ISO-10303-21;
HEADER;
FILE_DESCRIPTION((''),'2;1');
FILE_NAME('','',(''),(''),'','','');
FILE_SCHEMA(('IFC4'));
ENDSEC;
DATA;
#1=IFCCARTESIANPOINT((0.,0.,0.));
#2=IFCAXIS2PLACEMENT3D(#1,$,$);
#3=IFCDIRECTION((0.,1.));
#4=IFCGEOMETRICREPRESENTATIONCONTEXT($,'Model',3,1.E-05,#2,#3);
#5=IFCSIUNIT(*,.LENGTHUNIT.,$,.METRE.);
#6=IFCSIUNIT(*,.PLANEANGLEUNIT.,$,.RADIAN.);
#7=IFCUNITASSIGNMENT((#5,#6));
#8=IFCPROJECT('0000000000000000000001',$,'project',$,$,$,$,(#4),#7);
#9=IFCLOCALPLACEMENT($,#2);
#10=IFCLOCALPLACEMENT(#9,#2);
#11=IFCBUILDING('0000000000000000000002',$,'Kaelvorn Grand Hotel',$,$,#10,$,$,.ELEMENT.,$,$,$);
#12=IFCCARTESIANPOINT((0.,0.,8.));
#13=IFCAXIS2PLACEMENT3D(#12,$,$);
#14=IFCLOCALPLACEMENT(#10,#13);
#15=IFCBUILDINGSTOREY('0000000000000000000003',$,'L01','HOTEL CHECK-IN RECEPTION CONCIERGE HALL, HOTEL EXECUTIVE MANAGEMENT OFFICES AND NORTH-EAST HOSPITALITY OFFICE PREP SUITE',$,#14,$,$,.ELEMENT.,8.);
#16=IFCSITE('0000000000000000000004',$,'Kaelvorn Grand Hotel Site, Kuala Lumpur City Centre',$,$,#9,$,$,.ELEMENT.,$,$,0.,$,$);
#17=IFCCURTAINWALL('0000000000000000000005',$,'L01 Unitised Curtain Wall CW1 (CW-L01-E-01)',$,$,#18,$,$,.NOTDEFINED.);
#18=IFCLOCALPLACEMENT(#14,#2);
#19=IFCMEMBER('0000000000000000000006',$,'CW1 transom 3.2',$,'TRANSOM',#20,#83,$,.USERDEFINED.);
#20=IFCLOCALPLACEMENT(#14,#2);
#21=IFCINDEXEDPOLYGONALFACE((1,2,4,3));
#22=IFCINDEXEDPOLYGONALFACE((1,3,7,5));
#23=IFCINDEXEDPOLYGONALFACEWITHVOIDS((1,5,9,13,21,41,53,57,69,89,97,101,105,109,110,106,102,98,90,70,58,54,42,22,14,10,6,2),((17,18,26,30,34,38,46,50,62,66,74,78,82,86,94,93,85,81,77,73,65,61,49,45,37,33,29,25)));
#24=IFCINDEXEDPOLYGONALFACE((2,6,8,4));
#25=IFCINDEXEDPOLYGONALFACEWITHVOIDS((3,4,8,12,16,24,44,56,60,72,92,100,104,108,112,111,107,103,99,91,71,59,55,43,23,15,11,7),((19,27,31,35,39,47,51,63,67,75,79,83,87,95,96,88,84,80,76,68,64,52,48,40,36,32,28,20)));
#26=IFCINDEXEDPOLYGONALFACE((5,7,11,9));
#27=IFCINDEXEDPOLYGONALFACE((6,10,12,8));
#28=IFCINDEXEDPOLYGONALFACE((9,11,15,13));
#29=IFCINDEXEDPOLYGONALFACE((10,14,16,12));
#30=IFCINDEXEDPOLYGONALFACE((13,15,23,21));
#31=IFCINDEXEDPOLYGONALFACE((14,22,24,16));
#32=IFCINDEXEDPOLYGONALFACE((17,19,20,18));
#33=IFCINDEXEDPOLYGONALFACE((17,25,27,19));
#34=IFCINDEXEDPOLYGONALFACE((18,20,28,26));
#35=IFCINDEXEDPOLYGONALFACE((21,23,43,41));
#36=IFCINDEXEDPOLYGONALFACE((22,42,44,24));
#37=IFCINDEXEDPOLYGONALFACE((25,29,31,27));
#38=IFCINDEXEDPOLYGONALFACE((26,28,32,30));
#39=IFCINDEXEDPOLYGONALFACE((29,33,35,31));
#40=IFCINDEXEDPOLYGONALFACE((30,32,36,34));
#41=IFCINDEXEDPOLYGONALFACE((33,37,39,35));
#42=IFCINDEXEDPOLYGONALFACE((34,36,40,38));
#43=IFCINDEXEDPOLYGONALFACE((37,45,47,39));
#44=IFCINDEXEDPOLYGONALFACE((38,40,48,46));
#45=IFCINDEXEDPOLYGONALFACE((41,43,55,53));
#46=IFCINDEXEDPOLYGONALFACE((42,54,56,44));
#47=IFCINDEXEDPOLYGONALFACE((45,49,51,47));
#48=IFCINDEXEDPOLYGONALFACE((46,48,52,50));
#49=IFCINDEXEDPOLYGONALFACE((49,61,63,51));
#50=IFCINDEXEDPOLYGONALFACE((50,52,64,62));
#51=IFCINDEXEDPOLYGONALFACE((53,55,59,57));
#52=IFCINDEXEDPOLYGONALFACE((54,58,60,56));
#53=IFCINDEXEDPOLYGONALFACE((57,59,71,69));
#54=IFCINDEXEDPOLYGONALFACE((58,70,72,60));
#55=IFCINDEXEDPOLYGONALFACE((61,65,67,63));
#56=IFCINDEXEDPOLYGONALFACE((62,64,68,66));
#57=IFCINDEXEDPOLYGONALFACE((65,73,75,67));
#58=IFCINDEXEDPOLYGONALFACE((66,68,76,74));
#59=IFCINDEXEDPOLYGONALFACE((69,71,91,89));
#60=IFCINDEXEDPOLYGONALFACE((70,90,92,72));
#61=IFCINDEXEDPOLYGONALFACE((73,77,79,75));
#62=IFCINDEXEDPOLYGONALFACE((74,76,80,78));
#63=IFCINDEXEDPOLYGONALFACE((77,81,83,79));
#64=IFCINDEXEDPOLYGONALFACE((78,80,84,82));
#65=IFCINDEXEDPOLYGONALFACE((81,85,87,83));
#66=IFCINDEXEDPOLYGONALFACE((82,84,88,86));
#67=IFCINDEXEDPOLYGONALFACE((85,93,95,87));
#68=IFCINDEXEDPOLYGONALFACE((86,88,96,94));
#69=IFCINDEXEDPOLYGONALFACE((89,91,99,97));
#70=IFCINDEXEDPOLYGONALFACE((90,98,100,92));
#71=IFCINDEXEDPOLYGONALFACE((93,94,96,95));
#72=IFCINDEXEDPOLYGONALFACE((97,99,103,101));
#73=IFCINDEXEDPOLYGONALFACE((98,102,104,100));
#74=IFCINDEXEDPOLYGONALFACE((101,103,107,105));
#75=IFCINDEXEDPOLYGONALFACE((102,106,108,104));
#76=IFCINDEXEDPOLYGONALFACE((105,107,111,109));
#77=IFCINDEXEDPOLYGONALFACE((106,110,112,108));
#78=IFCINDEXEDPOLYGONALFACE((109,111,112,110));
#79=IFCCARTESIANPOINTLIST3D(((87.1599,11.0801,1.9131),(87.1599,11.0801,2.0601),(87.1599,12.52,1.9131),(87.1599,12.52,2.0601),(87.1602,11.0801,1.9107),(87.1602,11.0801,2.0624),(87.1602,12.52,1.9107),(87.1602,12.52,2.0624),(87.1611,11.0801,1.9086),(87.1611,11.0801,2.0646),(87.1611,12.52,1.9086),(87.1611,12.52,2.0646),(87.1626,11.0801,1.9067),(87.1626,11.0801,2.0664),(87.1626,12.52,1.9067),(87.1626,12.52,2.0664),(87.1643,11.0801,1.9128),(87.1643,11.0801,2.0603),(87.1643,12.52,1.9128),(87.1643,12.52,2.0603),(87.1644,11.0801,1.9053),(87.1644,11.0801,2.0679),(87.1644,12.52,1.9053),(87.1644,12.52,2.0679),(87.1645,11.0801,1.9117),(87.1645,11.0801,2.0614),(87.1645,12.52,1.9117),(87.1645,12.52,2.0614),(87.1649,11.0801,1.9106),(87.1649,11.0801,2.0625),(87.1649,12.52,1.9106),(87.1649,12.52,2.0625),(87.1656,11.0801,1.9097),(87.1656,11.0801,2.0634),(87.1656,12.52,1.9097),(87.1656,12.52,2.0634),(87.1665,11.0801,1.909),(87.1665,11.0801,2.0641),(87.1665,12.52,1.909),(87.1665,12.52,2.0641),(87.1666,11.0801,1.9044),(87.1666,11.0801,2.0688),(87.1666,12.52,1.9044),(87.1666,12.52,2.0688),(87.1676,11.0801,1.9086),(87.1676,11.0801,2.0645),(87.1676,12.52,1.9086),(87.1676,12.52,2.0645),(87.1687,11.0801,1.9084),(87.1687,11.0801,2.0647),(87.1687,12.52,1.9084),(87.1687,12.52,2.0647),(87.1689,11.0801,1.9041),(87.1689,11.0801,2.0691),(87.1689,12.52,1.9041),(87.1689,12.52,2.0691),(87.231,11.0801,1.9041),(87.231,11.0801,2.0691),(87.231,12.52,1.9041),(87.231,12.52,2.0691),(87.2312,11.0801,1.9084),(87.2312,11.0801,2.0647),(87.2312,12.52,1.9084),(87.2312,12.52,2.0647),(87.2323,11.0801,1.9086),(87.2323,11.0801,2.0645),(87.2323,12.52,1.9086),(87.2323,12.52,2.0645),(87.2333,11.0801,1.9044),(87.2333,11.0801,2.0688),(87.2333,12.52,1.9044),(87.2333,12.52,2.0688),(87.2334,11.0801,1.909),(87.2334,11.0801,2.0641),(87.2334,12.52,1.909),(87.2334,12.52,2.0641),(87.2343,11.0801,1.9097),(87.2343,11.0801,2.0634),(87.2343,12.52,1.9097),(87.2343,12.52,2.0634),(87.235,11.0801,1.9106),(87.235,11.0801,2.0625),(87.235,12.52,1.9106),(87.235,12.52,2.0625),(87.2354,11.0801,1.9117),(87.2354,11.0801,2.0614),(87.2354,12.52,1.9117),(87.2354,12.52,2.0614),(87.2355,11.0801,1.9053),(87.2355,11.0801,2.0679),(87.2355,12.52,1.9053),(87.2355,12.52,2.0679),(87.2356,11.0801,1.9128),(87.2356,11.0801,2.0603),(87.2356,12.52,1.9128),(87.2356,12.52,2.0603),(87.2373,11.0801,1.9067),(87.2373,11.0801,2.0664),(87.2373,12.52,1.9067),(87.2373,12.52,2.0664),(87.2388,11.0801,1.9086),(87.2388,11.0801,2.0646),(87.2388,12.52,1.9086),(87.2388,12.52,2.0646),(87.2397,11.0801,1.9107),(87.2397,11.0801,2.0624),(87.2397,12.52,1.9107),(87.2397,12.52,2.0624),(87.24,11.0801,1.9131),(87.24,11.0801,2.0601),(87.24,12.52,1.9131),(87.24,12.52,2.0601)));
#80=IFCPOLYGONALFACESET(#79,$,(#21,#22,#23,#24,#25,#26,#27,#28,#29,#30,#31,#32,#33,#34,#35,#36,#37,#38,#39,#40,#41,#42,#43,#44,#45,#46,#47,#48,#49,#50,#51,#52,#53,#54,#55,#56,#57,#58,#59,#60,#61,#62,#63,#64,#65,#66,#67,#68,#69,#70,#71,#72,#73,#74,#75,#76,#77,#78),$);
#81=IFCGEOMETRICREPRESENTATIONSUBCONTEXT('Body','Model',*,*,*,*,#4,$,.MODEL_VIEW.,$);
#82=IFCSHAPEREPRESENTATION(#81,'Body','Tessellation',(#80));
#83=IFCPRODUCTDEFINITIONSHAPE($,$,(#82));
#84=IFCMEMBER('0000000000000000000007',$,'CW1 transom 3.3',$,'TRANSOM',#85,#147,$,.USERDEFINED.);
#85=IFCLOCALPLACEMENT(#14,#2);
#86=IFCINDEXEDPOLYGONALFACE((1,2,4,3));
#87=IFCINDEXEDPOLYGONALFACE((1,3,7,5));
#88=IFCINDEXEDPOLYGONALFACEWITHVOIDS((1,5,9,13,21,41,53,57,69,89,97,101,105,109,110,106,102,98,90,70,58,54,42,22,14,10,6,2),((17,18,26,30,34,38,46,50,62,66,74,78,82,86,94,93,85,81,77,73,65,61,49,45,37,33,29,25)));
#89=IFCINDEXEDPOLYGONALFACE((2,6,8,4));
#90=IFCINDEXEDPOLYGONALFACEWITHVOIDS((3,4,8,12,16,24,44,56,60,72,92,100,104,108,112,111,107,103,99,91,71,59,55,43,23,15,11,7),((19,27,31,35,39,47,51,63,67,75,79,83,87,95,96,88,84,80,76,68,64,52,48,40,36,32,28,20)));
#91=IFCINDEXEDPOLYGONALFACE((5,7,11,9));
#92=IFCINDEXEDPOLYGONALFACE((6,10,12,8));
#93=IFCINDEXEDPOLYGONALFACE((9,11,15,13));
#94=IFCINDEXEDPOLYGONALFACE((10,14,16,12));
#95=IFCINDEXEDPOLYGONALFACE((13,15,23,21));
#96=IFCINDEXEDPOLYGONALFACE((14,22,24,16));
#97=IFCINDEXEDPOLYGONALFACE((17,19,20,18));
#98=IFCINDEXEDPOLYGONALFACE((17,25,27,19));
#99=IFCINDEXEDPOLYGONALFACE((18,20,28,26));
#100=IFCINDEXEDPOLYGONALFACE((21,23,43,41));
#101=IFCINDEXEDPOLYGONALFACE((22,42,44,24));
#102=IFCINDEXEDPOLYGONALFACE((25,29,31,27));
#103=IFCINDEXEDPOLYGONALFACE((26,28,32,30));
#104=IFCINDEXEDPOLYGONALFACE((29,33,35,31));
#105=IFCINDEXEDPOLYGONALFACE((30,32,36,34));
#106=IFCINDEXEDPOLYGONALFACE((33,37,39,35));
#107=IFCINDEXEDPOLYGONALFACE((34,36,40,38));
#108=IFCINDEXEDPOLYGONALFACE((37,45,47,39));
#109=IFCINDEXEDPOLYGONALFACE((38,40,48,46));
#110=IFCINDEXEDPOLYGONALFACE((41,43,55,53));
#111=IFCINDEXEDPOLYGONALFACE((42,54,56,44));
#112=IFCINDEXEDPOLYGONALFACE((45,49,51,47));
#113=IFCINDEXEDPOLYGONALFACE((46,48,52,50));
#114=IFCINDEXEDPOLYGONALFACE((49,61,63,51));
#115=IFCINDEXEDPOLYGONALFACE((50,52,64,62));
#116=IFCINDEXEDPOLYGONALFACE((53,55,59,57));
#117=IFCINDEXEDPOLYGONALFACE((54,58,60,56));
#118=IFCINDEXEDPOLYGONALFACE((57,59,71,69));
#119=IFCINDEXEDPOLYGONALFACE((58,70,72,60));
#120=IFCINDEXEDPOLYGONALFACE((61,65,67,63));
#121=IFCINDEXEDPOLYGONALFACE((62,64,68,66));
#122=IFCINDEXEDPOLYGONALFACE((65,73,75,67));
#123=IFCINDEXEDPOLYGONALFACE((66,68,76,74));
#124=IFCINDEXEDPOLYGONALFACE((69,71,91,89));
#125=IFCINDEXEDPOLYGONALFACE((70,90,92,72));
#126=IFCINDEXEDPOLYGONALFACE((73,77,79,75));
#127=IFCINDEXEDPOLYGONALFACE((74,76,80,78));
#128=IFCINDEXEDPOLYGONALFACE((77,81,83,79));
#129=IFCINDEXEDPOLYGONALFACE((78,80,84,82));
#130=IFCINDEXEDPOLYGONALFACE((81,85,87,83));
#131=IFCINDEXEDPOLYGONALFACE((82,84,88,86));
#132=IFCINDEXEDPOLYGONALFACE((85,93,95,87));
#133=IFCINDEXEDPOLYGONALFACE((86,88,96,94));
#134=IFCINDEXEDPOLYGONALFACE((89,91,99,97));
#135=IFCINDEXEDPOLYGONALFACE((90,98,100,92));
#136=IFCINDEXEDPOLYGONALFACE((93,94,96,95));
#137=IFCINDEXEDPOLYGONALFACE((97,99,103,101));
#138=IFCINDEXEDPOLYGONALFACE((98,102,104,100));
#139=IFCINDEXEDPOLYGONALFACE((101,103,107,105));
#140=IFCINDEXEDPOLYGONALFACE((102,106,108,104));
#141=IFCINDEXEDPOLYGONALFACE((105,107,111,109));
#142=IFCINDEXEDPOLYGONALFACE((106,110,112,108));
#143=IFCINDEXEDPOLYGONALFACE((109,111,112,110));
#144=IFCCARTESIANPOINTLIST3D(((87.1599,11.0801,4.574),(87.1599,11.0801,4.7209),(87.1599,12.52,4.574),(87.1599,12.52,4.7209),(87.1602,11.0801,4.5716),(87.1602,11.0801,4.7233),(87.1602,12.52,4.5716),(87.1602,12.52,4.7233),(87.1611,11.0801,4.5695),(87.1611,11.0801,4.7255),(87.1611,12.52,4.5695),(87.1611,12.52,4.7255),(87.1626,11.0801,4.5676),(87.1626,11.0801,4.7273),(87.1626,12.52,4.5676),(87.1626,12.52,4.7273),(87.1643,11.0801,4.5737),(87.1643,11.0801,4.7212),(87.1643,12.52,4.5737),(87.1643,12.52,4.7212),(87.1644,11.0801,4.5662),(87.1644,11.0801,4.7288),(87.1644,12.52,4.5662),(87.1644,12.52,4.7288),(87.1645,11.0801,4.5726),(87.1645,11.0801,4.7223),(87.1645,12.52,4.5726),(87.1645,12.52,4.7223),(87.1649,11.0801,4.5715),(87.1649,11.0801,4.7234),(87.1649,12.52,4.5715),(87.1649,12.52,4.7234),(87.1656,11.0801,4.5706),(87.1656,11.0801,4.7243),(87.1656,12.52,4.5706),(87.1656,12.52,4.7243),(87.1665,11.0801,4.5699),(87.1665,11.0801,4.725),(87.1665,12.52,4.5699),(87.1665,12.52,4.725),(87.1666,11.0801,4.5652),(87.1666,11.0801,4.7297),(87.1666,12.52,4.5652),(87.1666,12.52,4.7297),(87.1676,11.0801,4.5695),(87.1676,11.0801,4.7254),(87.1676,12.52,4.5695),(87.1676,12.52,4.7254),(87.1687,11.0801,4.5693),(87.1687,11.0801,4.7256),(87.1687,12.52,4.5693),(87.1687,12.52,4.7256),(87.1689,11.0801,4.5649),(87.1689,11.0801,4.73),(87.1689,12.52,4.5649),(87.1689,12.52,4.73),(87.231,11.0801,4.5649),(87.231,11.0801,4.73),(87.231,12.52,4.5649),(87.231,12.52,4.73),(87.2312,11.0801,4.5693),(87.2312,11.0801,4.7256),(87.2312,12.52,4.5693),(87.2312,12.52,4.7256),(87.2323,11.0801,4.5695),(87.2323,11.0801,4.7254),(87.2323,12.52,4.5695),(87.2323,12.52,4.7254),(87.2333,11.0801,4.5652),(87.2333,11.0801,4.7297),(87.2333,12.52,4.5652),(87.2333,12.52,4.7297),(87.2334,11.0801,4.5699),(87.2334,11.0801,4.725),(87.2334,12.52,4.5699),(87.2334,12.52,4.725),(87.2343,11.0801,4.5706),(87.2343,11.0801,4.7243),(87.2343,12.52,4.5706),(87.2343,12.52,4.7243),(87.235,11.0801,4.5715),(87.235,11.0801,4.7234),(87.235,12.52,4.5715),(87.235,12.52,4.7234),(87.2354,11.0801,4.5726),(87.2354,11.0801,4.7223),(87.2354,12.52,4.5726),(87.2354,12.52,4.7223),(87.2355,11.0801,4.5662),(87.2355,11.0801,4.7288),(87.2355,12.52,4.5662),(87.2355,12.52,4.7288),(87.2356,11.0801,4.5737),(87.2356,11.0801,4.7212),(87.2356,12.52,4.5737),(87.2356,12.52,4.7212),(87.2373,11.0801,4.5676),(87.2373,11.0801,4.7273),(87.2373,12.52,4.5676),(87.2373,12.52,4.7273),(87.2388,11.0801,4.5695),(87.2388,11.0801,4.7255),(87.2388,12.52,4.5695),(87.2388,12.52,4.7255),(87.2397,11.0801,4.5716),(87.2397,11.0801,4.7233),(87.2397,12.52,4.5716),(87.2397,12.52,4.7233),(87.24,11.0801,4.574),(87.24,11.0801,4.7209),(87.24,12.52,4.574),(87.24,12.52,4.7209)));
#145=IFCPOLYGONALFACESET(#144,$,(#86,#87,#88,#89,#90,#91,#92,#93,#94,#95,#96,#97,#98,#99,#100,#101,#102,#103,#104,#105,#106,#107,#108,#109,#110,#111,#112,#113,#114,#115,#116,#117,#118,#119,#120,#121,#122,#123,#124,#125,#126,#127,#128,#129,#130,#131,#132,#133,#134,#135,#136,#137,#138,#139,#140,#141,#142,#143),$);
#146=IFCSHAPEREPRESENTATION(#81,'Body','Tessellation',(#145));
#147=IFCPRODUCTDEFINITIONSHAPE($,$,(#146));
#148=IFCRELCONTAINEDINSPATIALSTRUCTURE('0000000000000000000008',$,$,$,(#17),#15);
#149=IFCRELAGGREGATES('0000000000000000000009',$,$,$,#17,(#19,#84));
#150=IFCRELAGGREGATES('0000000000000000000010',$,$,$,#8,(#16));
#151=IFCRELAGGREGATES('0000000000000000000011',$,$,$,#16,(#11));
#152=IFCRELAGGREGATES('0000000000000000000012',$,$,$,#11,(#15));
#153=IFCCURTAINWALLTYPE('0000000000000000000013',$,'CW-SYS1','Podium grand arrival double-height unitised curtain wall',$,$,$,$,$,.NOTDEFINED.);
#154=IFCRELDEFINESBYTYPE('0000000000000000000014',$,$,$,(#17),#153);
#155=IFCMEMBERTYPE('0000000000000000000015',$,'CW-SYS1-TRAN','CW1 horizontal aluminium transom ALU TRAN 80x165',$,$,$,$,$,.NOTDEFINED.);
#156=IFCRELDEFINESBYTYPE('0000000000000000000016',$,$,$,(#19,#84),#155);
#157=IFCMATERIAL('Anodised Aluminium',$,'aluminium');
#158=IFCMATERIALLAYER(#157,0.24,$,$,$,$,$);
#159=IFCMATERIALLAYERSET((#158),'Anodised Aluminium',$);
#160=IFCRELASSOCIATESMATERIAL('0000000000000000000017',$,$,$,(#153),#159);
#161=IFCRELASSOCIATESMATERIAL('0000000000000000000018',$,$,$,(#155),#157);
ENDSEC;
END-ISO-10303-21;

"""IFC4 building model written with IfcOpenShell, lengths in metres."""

from ifc_helpers import new_model, si_unit, direction, frame, origin, origin_2d, place, context, subcontext, project, spatial, hollow_rectangle, extrude, material, layer, layer_set, material_profile, profile_set, type_object, element, aggregate, save


model = new_model("IFC4")

# Units and contexts
model_context = context("Model", 3, precision=1e-05, world=origin(), true_north=direction((0.0, 1.0)))
body_context = subcontext(model_context, "Body", "Model", "MODEL_VIEW")
ifc_project = project(units=[si_unit("LENGTHUNIT", "METRE"), si_unit("PLANEANGLEUNIT", "RADIAN")], contexts=[model_context])

# Site, building, storey
site_placement = place(None, origin())
site = spatial("IfcSite", under=ifc_project, at=site_placement, Name="Kaelvorn Grand Hotel Site, Kuala Lumpur City Centre", CompositionType="ELEMENT", RefElevation=0.0)
building_placement = place(site_placement, origin())
building = spatial("IfcBuilding", under=site, at=building_placement, Name="Kaelvorn Grand Hotel", CompositionType="ELEMENT")
storey_placement = place(building_placement, frame((0.0, 0.0, 8.0)))
storey = spatial("IfcBuildingStorey", under=building, at=storey_placement, Name="L01", Description="HOTEL CHECK-IN RECEPTION CONCIERGE HALL, HOTEL EXECUTIVE MANAGEMENT OFFICES AND NORTH-EAST HOSPITALITY OFFICE PREP SUITE", CompositionType="ELEMENT", Elevation=8.0)

# Curtain wall, members
ifc_material_1 = material(Name="Anodised Aluminium", Category="aluminium")
ifc_layer_1 = layer(ifc_material_1, 0.24)
ifc_layer_set_1 = layer_set([ifc_layer_1], Name="Anodised Aluminium")
curtain_wall_type = type_object("IfcCurtainWallType", Name="CW-SYS1", Description="Podium grand arrival double-height unitised curtain wall", PredefinedType="NOTDEFINED", material=ifc_layer_set_1)
curtain_wall_placement = place(storey_placement, origin())
curtain_wall = element("IfcCurtainWall", 1, at=curtain_wall_placement, inside=storey, type_object=curtain_wall_type, Name="L01 Unitised Curtain Wall CW1 (CW-L01-E-01)", PredefinedType="NOTDEFINED")
ifc_material_profile_1 = material_profile(ifc_material_1, hollow_rectangle(XDim=0.0801, YDim=0.165, WallThickness=0.0044, InnerFilletRadius=0.0044, OuterFilletRadius=0.009, at=origin_2d()), Name="ALU TRAN 80x165")
ifc_profile_set_1 = profile_set([ifc_material_profile_1], Name="Anodised Aluminium")
member_type_1 = type_object("IfcMemberType", Name="CW-SYS1-TRAN", Description="CW1 horizontal aluminium transom ALU TRAN 80x165", PredefinedType="NOTDEFINED", material=ifc_profile_set_1)
member_1_placement = place(storey_placement, frame((87.2, 11.0801, 1.9866), z_axis=(0.0, 1.0, 0.0), x_axis=(-1.0, 0.0, 0.0)))
member_1 = element("IfcMember", 2, at=member_1_placement, type_object=member_type_1, Name="CW1 transom 3.2", ObjectType="TRANSOM", PredefinedType="USERDEFINED", context=body_context, shape_type="SweptSolid", body=[
    extrude(hollow_rectangle(XDim=0.0801, YDim=0.165, WallThickness=0.0044, InnerFilletRadius=0.0044, OuterFilletRadius=0.009, at=origin_2d()), origin(), (0.0, 0.0, 1.0), 1.4399),
])
member_2_placement = place(storey_placement, frame((87.2, 11.0801, 4.6475), z_axis=(0.0, 1.0, 0.0), x_axis=(-1.0, 0.0, 0.0)))
member_2 = element("IfcMember", 3, at=member_2_placement, type_object=member_type_1, Name="CW1 transom 3.3", ObjectType="TRANSOM", PredefinedType="USERDEFINED", context=body_context, shape_type="SweptSolid", body=[
    extrude(hollow_rectangle(XDim=0.0801, YDim=0.165, WallThickness=0.0044, InnerFilletRadius=0.0044, OuterFilletRadius=0.009, at=origin_2d()), origin(), (0.0, 0.0, 1.0), 1.4399),
])
aggregate(curtain_wall, [member_1, member_2])

save(model, "model.ifc")
